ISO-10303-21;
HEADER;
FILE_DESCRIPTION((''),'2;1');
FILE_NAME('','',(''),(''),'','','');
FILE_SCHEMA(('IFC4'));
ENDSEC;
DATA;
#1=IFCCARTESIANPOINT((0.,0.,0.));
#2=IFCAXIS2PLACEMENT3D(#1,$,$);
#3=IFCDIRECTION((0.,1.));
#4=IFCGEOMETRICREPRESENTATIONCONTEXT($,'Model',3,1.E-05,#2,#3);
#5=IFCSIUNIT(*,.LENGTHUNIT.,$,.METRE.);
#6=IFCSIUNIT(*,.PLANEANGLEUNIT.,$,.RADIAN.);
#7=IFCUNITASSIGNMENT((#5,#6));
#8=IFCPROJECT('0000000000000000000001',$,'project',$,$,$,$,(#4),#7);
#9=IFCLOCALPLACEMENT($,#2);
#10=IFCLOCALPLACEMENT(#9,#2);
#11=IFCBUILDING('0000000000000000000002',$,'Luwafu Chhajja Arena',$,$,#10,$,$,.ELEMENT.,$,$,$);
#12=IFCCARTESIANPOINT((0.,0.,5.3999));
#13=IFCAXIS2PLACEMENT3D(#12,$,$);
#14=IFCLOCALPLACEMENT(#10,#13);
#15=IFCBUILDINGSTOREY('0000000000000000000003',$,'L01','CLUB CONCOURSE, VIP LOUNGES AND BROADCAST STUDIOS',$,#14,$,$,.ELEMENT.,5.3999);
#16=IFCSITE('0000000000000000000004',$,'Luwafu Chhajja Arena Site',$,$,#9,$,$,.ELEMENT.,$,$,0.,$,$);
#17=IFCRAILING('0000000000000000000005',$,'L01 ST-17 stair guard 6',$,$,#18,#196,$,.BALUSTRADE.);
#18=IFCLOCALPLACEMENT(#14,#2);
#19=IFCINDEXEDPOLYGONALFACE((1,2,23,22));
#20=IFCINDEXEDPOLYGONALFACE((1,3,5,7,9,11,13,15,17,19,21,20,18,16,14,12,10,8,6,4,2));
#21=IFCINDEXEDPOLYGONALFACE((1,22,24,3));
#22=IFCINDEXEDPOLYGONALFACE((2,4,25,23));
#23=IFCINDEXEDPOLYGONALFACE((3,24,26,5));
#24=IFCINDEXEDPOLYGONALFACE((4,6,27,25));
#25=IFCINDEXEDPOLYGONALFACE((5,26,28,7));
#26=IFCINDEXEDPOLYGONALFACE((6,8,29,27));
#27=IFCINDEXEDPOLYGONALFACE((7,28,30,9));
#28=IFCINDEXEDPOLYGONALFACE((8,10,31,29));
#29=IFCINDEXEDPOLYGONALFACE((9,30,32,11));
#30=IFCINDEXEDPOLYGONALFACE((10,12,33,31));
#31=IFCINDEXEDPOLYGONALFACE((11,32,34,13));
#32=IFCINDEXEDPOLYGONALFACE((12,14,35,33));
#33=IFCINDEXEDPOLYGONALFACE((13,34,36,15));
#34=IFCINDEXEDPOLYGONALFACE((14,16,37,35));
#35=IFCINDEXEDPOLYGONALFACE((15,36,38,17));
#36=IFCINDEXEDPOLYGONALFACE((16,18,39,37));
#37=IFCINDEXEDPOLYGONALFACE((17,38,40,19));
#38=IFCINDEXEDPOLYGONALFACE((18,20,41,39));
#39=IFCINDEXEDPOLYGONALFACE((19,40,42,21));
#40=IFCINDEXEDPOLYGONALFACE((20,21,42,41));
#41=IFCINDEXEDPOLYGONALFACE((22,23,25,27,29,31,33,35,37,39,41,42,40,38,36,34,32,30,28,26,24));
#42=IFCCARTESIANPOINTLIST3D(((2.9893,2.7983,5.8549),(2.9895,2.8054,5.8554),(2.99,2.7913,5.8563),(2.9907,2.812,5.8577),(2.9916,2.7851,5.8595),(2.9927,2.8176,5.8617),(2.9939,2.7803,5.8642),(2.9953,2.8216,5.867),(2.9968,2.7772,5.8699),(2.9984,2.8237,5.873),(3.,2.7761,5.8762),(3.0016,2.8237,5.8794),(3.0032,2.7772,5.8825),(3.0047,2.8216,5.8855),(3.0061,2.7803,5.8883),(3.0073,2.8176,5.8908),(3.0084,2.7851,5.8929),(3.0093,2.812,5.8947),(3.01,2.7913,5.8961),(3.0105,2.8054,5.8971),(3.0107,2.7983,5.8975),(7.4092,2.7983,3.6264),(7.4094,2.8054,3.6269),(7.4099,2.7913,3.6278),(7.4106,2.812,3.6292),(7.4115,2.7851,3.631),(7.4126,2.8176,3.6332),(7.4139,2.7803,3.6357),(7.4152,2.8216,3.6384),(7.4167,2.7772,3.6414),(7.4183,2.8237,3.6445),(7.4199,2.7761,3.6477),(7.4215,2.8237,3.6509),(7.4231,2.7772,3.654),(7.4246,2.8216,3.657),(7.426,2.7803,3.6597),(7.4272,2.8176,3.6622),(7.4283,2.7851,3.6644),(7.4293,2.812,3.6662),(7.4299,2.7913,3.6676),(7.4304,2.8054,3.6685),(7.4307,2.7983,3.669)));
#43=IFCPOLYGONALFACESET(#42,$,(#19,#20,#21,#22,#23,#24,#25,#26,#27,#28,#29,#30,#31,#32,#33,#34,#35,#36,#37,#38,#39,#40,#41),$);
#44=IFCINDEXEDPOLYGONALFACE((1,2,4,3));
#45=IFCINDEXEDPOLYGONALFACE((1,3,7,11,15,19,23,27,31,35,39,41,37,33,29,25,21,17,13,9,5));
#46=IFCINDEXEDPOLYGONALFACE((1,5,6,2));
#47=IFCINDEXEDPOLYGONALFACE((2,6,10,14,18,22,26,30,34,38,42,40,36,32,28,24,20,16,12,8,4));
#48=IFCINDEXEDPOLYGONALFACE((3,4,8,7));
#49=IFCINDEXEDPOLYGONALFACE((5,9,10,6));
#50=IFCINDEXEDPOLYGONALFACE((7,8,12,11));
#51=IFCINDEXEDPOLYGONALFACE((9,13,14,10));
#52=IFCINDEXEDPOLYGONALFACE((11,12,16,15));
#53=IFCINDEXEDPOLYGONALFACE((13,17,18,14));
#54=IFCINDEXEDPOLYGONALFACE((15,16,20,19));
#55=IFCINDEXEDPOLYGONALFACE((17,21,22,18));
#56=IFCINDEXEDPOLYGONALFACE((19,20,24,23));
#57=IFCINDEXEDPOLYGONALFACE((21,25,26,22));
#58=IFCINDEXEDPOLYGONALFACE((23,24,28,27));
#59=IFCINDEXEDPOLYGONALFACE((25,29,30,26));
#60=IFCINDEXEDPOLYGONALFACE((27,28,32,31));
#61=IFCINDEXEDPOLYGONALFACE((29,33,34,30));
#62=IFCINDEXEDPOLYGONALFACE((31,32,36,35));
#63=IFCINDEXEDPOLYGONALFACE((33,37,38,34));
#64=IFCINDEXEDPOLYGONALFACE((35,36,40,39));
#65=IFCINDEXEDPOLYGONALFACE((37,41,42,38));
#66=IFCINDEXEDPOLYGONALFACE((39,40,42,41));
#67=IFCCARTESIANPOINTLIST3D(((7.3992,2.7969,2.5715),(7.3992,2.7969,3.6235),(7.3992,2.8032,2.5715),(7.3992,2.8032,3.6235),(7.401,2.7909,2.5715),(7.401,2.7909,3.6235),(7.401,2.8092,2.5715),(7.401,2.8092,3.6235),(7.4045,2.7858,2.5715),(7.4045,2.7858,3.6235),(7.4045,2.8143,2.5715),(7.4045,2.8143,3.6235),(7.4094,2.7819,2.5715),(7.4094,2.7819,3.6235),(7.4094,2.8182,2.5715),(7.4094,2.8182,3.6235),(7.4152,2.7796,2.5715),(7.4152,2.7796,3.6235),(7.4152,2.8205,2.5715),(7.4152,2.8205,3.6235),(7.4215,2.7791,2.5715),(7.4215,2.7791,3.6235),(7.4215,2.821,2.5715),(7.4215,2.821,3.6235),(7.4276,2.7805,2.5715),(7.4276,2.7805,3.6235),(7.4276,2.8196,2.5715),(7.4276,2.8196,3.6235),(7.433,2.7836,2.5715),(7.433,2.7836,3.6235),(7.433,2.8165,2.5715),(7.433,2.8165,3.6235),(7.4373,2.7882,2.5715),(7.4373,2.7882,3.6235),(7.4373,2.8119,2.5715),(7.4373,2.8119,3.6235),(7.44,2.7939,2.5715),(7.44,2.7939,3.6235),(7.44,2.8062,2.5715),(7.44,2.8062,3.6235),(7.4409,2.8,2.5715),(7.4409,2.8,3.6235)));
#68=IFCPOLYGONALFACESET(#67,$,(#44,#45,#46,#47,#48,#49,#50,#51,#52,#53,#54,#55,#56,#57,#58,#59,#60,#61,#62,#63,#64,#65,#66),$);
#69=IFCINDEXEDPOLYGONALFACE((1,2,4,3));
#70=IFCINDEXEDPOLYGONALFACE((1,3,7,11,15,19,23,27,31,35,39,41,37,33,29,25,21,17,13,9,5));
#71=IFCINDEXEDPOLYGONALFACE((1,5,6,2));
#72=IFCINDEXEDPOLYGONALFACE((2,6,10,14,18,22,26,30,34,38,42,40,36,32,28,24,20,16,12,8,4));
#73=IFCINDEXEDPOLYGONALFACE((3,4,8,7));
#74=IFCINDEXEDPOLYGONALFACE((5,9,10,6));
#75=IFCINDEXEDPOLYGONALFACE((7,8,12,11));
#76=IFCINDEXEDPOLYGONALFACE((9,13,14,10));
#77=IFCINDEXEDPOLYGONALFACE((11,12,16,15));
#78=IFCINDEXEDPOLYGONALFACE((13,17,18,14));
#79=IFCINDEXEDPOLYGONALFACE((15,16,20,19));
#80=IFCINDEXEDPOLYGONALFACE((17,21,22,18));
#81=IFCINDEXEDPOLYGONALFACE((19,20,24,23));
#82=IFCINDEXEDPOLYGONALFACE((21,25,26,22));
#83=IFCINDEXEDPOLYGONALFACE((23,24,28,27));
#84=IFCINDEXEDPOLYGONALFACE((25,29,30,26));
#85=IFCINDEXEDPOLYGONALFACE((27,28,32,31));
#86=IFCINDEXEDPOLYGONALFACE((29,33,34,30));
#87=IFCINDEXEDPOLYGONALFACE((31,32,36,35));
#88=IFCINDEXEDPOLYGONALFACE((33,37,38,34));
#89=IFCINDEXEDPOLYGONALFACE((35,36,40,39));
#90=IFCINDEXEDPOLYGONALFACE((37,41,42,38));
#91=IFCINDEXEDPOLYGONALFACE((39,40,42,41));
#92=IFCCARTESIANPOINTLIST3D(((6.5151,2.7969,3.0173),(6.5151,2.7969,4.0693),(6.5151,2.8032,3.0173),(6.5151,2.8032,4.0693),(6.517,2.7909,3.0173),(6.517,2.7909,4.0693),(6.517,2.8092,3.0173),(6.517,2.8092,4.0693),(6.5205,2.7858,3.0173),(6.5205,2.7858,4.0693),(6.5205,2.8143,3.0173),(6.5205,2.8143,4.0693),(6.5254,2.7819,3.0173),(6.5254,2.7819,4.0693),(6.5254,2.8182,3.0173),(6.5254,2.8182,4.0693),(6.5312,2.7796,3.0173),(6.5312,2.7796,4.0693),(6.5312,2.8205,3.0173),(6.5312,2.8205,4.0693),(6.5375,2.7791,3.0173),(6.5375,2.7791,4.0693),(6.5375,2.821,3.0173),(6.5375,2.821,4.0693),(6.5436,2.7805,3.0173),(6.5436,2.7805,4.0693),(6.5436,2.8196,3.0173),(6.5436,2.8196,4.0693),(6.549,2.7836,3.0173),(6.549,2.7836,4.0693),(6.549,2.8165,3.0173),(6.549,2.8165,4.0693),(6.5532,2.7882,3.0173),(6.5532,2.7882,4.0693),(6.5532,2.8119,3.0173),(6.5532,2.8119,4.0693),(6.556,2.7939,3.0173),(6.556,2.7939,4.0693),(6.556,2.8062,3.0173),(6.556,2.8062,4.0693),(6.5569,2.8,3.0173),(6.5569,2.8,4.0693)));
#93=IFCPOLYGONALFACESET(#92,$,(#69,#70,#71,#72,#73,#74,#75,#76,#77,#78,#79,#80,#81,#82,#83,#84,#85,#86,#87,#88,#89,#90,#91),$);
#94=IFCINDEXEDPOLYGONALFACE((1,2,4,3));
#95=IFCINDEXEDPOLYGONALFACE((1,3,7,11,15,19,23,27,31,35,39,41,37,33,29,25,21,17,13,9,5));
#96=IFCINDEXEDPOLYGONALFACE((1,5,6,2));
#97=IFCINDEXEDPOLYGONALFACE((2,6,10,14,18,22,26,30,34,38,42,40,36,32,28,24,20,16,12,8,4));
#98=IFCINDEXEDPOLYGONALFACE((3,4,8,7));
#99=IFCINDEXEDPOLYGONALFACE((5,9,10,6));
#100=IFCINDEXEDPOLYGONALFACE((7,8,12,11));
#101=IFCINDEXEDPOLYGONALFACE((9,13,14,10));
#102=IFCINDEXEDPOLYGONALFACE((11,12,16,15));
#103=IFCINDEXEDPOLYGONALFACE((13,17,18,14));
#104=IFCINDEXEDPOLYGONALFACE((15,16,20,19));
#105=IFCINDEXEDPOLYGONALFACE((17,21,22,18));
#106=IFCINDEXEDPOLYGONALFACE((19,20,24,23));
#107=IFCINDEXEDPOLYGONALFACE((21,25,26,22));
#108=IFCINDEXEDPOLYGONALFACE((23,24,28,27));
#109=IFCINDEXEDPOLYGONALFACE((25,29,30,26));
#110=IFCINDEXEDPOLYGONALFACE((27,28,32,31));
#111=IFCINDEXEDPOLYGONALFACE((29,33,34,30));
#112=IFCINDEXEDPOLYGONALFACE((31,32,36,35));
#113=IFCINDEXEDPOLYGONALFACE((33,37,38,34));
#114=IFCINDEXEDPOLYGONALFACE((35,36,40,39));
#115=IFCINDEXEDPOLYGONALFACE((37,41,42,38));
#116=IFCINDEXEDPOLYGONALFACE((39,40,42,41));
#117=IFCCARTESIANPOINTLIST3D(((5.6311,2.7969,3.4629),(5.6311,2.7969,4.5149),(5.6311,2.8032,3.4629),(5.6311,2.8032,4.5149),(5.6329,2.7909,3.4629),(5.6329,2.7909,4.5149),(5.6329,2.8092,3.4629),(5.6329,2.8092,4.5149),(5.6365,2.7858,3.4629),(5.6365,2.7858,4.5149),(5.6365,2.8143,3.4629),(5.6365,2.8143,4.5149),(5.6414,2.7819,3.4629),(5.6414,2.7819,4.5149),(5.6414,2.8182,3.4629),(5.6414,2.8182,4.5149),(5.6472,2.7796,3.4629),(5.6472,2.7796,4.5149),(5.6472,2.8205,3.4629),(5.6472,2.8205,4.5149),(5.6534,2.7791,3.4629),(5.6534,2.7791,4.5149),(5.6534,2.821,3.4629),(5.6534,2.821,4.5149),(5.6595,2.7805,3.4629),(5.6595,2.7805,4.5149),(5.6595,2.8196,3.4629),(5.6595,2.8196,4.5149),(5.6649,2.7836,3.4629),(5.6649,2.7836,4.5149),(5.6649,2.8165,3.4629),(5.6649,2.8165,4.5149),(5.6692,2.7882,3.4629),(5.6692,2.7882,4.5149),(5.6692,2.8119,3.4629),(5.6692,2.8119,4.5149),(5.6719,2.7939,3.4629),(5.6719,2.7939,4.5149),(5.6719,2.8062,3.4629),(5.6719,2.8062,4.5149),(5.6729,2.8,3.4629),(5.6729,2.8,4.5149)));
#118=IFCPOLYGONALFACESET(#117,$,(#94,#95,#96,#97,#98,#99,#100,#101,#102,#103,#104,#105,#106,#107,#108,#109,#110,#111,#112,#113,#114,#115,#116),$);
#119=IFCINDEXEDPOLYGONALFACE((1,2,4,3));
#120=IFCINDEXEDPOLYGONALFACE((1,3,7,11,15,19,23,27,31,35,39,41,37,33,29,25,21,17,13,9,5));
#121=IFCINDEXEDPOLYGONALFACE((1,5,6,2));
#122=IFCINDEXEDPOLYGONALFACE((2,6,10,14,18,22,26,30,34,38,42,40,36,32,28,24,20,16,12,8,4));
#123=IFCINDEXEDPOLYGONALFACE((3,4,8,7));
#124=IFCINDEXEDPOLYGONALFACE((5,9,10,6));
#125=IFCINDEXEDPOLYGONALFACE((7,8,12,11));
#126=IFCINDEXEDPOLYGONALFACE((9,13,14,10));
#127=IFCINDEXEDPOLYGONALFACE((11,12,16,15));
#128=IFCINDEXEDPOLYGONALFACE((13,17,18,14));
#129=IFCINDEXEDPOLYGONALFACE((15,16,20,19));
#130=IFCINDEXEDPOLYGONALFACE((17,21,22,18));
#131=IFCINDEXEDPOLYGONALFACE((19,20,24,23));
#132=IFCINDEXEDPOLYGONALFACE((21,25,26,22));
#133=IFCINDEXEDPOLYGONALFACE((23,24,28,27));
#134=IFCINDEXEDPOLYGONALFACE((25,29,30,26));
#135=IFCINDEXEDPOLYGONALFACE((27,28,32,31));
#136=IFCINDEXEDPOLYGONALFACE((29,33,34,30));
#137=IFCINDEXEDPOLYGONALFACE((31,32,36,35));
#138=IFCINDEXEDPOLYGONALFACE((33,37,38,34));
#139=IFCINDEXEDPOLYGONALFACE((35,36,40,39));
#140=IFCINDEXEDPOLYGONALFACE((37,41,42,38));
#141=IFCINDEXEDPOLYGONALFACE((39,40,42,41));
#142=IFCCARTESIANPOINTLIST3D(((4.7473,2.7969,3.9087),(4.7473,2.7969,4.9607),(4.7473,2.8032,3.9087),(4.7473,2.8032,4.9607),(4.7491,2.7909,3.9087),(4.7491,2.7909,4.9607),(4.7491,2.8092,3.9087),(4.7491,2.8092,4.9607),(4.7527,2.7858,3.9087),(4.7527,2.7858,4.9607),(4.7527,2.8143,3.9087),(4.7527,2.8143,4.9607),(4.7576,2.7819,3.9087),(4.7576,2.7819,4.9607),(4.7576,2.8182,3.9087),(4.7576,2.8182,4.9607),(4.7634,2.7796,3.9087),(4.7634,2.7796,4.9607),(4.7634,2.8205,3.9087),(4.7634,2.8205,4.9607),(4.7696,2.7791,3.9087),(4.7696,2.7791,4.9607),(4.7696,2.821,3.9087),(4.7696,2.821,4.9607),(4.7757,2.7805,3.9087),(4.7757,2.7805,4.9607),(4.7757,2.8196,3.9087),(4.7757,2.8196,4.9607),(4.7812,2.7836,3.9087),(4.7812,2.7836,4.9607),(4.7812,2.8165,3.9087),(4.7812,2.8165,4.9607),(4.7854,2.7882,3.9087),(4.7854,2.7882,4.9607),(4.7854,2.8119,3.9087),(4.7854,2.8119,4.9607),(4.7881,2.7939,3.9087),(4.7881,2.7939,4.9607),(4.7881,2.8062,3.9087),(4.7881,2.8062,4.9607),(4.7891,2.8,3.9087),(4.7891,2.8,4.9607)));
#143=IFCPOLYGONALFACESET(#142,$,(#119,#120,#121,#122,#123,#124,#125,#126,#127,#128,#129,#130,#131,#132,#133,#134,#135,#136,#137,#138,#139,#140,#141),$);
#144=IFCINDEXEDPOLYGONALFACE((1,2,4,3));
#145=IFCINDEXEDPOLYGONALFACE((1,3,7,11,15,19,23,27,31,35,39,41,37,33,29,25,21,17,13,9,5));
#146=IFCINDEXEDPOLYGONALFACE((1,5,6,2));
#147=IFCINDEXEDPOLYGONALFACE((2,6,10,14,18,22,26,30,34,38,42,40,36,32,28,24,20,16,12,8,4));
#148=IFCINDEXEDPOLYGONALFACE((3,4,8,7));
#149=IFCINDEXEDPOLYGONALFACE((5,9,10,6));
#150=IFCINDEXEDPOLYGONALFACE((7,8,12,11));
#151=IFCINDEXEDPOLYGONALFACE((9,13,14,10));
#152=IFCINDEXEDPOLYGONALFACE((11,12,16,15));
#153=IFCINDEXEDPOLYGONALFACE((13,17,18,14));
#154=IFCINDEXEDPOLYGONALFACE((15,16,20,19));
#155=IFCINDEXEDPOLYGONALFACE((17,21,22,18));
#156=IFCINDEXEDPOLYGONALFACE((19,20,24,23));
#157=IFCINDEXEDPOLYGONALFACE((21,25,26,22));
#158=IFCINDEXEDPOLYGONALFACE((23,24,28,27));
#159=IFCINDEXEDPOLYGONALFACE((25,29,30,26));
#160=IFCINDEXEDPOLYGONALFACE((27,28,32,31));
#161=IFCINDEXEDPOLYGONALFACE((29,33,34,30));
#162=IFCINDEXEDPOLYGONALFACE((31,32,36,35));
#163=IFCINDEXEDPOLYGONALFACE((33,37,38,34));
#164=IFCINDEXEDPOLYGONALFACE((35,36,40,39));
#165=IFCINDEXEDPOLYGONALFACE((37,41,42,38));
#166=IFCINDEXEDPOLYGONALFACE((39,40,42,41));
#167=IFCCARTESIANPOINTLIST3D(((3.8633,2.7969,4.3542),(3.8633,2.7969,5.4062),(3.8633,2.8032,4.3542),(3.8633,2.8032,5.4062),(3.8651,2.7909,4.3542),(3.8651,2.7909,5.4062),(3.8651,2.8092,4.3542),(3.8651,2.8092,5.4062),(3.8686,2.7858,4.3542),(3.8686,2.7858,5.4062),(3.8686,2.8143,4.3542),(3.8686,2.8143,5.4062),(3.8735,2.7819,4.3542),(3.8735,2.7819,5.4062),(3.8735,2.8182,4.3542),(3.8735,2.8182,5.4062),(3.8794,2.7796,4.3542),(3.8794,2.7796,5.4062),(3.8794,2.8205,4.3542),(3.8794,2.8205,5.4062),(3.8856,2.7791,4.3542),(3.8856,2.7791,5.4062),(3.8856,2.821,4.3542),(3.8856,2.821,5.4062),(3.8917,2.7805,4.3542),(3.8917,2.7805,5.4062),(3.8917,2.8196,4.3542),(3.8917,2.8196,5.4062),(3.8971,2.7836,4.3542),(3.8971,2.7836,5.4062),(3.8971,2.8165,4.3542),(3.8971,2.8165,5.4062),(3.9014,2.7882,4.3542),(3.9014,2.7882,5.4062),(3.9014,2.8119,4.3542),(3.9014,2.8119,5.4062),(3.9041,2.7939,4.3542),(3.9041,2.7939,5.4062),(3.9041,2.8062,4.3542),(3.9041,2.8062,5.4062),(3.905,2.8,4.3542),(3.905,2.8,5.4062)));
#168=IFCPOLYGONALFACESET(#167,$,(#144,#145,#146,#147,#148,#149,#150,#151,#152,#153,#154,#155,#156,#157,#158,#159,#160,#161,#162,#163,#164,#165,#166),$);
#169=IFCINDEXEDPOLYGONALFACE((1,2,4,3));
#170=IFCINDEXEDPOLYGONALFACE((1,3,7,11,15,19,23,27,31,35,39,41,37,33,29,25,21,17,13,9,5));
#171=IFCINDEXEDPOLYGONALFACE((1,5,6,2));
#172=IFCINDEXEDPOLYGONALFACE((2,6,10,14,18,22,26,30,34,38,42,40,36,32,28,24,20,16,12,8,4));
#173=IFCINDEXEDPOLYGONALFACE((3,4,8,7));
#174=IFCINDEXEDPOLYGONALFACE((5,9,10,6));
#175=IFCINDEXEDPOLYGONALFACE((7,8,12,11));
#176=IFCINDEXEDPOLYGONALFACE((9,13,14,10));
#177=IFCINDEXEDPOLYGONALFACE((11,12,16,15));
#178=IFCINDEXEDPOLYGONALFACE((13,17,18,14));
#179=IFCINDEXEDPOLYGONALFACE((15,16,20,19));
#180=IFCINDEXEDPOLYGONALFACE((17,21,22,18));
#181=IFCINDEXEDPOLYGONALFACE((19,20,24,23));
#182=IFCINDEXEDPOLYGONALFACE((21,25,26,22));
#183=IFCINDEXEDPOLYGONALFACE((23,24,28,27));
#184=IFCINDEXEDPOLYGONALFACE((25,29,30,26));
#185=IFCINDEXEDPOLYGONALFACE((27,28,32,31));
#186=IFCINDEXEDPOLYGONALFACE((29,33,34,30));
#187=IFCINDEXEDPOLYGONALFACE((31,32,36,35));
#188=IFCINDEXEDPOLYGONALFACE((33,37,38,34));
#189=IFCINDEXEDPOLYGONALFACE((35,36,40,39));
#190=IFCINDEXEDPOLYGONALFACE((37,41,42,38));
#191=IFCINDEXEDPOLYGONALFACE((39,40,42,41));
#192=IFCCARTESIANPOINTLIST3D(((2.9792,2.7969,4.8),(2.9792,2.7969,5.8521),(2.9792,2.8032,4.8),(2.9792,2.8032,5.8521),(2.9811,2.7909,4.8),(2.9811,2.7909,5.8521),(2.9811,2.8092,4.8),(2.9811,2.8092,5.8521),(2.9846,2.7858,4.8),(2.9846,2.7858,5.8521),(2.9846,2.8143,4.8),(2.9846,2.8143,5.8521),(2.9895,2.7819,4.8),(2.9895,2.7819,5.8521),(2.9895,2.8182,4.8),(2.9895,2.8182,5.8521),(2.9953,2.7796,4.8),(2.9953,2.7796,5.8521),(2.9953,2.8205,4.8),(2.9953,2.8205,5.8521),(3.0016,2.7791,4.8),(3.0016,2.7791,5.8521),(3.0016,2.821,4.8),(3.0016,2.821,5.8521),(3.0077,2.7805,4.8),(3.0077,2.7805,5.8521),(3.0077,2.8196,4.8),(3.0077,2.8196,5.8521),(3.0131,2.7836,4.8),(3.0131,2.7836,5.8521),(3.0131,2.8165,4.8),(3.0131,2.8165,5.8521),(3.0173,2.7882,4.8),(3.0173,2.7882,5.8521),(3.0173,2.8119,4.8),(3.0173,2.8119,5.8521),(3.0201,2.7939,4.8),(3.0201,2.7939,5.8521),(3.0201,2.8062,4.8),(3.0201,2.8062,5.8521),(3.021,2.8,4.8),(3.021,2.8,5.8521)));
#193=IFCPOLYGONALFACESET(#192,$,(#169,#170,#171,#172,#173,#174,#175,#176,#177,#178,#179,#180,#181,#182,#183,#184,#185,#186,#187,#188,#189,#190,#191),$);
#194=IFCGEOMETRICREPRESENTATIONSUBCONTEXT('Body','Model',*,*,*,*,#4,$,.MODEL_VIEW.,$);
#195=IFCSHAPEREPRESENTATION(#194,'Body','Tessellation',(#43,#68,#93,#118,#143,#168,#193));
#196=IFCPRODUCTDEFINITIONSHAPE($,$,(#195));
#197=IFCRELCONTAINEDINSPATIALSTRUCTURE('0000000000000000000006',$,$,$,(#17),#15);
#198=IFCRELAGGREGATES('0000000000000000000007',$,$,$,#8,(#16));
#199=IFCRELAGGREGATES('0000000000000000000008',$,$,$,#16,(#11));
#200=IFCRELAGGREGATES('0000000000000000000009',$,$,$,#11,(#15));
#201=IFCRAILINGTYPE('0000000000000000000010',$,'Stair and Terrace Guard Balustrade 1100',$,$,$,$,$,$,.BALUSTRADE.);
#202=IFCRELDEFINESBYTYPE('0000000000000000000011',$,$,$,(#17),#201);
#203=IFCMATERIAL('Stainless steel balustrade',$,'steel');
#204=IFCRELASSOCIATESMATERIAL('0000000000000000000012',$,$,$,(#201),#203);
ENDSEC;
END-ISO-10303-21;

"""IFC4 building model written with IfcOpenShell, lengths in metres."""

from ifc_helpers import new_model, si_unit, direction, frame, origin, origin_2d, place, context, subcontext, project, spatial, circle, extrude, material, type_object, element, save


model = new_model("IFC4")

# Units and contexts
model_context = context("Model", 3, precision=1e-05, world=origin(), true_north=direction((0.0, 1.0)))
body_context = subcontext(model_context, "Body", "Model", "MODEL_VIEW")
ifc_project = project(units=[si_unit("LENGTHUNIT", "METRE"), si_unit("PLANEANGLEUNIT", "RADIAN")], contexts=[model_context])

# Site, building, storey
site_placement = place(None, origin())
site = spatial("IfcSite", under=ifc_project, at=site_placement, Name="Luwafu Chhajja Arena Site", CompositionType="ELEMENT", RefElevation=0.0)
building_placement = place(site_placement, origin())
building = spatial("IfcBuilding", under=site, at=building_placement, Name="Luwafu Chhajja Arena", CompositionType="ELEMENT")
storey_placement = place(building_placement, frame((0.0, 0.0, 5.3999)))
storey = spatial("IfcBuildingStorey", under=building, at=storey_placement, Name="L01", Description="CLUB CONCOURSE, VIP LOUNGES AND BROADCAST STUDIOS", CompositionType="ELEMENT", Elevation=5.3999)

# Railing
ifc_material_1 = material(Name="Stainless steel balustrade", Category="steel")
railing_type_1 = type_object("IfcRailingType", Name="Stair and Terrace Guard Balustrade 1100", PredefinedType="BALUSTRADE", material=ifc_material_1)
railing_1_placement = place(storey_placement, frame((7.4199, 2.8, 2.5715)))
element("IfcRailing", 1, at=railing_1_placement, inside=storey, type_object=railing_type_1, Name="L01 ST-17 stair guard 6", PredefinedType="BALUSTRADE", context=body_context, shape_type="SweptSolid", body=[
    extrude(circle(Radius=0.0239, at=origin_2d()), frame((0.0, 0.0, 1.0762), z_axis=(-0.892923, 0.0, 0.45021), x_axis=(0.0, -1.0, 0.0)), (0.0, 0.0, 1.0), 4.95),
    extrude(circle(Radius=0.021, at=origin_2d()), origin(), (0.0, 0.0, 1.0), 1.052),
    extrude(circle(Radius=0.021, at=origin_2d()), frame((-0.884, 0.0, 0.4458)), (0.0, 0.0, 1.0), 1.052),
    extrude(circle(Radius=0.021, at=origin_2d()), frame((-1.7681, 0.0, 0.8914)), (0.0, 0.0, 1.0), 1.052),
    extrude(circle(Radius=0.021, at=origin_2d()), frame((-2.6519, 0.0, 1.3372)), (0.0, 0.0, 1.0), 1.052),
    extrude(circle(Radius=0.021, at=origin_2d()), frame((-3.5359, 0.0, 1.7827)), (0.0, 0.0, 1.0), 1.052),
    extrude(circle(Radius=0.021, at=origin_2d()), frame((-4.4199, 0.0, 2.2285)), (0.0, 0.0, 1.0), 1.052),
])

save(model, "model.ifc")
